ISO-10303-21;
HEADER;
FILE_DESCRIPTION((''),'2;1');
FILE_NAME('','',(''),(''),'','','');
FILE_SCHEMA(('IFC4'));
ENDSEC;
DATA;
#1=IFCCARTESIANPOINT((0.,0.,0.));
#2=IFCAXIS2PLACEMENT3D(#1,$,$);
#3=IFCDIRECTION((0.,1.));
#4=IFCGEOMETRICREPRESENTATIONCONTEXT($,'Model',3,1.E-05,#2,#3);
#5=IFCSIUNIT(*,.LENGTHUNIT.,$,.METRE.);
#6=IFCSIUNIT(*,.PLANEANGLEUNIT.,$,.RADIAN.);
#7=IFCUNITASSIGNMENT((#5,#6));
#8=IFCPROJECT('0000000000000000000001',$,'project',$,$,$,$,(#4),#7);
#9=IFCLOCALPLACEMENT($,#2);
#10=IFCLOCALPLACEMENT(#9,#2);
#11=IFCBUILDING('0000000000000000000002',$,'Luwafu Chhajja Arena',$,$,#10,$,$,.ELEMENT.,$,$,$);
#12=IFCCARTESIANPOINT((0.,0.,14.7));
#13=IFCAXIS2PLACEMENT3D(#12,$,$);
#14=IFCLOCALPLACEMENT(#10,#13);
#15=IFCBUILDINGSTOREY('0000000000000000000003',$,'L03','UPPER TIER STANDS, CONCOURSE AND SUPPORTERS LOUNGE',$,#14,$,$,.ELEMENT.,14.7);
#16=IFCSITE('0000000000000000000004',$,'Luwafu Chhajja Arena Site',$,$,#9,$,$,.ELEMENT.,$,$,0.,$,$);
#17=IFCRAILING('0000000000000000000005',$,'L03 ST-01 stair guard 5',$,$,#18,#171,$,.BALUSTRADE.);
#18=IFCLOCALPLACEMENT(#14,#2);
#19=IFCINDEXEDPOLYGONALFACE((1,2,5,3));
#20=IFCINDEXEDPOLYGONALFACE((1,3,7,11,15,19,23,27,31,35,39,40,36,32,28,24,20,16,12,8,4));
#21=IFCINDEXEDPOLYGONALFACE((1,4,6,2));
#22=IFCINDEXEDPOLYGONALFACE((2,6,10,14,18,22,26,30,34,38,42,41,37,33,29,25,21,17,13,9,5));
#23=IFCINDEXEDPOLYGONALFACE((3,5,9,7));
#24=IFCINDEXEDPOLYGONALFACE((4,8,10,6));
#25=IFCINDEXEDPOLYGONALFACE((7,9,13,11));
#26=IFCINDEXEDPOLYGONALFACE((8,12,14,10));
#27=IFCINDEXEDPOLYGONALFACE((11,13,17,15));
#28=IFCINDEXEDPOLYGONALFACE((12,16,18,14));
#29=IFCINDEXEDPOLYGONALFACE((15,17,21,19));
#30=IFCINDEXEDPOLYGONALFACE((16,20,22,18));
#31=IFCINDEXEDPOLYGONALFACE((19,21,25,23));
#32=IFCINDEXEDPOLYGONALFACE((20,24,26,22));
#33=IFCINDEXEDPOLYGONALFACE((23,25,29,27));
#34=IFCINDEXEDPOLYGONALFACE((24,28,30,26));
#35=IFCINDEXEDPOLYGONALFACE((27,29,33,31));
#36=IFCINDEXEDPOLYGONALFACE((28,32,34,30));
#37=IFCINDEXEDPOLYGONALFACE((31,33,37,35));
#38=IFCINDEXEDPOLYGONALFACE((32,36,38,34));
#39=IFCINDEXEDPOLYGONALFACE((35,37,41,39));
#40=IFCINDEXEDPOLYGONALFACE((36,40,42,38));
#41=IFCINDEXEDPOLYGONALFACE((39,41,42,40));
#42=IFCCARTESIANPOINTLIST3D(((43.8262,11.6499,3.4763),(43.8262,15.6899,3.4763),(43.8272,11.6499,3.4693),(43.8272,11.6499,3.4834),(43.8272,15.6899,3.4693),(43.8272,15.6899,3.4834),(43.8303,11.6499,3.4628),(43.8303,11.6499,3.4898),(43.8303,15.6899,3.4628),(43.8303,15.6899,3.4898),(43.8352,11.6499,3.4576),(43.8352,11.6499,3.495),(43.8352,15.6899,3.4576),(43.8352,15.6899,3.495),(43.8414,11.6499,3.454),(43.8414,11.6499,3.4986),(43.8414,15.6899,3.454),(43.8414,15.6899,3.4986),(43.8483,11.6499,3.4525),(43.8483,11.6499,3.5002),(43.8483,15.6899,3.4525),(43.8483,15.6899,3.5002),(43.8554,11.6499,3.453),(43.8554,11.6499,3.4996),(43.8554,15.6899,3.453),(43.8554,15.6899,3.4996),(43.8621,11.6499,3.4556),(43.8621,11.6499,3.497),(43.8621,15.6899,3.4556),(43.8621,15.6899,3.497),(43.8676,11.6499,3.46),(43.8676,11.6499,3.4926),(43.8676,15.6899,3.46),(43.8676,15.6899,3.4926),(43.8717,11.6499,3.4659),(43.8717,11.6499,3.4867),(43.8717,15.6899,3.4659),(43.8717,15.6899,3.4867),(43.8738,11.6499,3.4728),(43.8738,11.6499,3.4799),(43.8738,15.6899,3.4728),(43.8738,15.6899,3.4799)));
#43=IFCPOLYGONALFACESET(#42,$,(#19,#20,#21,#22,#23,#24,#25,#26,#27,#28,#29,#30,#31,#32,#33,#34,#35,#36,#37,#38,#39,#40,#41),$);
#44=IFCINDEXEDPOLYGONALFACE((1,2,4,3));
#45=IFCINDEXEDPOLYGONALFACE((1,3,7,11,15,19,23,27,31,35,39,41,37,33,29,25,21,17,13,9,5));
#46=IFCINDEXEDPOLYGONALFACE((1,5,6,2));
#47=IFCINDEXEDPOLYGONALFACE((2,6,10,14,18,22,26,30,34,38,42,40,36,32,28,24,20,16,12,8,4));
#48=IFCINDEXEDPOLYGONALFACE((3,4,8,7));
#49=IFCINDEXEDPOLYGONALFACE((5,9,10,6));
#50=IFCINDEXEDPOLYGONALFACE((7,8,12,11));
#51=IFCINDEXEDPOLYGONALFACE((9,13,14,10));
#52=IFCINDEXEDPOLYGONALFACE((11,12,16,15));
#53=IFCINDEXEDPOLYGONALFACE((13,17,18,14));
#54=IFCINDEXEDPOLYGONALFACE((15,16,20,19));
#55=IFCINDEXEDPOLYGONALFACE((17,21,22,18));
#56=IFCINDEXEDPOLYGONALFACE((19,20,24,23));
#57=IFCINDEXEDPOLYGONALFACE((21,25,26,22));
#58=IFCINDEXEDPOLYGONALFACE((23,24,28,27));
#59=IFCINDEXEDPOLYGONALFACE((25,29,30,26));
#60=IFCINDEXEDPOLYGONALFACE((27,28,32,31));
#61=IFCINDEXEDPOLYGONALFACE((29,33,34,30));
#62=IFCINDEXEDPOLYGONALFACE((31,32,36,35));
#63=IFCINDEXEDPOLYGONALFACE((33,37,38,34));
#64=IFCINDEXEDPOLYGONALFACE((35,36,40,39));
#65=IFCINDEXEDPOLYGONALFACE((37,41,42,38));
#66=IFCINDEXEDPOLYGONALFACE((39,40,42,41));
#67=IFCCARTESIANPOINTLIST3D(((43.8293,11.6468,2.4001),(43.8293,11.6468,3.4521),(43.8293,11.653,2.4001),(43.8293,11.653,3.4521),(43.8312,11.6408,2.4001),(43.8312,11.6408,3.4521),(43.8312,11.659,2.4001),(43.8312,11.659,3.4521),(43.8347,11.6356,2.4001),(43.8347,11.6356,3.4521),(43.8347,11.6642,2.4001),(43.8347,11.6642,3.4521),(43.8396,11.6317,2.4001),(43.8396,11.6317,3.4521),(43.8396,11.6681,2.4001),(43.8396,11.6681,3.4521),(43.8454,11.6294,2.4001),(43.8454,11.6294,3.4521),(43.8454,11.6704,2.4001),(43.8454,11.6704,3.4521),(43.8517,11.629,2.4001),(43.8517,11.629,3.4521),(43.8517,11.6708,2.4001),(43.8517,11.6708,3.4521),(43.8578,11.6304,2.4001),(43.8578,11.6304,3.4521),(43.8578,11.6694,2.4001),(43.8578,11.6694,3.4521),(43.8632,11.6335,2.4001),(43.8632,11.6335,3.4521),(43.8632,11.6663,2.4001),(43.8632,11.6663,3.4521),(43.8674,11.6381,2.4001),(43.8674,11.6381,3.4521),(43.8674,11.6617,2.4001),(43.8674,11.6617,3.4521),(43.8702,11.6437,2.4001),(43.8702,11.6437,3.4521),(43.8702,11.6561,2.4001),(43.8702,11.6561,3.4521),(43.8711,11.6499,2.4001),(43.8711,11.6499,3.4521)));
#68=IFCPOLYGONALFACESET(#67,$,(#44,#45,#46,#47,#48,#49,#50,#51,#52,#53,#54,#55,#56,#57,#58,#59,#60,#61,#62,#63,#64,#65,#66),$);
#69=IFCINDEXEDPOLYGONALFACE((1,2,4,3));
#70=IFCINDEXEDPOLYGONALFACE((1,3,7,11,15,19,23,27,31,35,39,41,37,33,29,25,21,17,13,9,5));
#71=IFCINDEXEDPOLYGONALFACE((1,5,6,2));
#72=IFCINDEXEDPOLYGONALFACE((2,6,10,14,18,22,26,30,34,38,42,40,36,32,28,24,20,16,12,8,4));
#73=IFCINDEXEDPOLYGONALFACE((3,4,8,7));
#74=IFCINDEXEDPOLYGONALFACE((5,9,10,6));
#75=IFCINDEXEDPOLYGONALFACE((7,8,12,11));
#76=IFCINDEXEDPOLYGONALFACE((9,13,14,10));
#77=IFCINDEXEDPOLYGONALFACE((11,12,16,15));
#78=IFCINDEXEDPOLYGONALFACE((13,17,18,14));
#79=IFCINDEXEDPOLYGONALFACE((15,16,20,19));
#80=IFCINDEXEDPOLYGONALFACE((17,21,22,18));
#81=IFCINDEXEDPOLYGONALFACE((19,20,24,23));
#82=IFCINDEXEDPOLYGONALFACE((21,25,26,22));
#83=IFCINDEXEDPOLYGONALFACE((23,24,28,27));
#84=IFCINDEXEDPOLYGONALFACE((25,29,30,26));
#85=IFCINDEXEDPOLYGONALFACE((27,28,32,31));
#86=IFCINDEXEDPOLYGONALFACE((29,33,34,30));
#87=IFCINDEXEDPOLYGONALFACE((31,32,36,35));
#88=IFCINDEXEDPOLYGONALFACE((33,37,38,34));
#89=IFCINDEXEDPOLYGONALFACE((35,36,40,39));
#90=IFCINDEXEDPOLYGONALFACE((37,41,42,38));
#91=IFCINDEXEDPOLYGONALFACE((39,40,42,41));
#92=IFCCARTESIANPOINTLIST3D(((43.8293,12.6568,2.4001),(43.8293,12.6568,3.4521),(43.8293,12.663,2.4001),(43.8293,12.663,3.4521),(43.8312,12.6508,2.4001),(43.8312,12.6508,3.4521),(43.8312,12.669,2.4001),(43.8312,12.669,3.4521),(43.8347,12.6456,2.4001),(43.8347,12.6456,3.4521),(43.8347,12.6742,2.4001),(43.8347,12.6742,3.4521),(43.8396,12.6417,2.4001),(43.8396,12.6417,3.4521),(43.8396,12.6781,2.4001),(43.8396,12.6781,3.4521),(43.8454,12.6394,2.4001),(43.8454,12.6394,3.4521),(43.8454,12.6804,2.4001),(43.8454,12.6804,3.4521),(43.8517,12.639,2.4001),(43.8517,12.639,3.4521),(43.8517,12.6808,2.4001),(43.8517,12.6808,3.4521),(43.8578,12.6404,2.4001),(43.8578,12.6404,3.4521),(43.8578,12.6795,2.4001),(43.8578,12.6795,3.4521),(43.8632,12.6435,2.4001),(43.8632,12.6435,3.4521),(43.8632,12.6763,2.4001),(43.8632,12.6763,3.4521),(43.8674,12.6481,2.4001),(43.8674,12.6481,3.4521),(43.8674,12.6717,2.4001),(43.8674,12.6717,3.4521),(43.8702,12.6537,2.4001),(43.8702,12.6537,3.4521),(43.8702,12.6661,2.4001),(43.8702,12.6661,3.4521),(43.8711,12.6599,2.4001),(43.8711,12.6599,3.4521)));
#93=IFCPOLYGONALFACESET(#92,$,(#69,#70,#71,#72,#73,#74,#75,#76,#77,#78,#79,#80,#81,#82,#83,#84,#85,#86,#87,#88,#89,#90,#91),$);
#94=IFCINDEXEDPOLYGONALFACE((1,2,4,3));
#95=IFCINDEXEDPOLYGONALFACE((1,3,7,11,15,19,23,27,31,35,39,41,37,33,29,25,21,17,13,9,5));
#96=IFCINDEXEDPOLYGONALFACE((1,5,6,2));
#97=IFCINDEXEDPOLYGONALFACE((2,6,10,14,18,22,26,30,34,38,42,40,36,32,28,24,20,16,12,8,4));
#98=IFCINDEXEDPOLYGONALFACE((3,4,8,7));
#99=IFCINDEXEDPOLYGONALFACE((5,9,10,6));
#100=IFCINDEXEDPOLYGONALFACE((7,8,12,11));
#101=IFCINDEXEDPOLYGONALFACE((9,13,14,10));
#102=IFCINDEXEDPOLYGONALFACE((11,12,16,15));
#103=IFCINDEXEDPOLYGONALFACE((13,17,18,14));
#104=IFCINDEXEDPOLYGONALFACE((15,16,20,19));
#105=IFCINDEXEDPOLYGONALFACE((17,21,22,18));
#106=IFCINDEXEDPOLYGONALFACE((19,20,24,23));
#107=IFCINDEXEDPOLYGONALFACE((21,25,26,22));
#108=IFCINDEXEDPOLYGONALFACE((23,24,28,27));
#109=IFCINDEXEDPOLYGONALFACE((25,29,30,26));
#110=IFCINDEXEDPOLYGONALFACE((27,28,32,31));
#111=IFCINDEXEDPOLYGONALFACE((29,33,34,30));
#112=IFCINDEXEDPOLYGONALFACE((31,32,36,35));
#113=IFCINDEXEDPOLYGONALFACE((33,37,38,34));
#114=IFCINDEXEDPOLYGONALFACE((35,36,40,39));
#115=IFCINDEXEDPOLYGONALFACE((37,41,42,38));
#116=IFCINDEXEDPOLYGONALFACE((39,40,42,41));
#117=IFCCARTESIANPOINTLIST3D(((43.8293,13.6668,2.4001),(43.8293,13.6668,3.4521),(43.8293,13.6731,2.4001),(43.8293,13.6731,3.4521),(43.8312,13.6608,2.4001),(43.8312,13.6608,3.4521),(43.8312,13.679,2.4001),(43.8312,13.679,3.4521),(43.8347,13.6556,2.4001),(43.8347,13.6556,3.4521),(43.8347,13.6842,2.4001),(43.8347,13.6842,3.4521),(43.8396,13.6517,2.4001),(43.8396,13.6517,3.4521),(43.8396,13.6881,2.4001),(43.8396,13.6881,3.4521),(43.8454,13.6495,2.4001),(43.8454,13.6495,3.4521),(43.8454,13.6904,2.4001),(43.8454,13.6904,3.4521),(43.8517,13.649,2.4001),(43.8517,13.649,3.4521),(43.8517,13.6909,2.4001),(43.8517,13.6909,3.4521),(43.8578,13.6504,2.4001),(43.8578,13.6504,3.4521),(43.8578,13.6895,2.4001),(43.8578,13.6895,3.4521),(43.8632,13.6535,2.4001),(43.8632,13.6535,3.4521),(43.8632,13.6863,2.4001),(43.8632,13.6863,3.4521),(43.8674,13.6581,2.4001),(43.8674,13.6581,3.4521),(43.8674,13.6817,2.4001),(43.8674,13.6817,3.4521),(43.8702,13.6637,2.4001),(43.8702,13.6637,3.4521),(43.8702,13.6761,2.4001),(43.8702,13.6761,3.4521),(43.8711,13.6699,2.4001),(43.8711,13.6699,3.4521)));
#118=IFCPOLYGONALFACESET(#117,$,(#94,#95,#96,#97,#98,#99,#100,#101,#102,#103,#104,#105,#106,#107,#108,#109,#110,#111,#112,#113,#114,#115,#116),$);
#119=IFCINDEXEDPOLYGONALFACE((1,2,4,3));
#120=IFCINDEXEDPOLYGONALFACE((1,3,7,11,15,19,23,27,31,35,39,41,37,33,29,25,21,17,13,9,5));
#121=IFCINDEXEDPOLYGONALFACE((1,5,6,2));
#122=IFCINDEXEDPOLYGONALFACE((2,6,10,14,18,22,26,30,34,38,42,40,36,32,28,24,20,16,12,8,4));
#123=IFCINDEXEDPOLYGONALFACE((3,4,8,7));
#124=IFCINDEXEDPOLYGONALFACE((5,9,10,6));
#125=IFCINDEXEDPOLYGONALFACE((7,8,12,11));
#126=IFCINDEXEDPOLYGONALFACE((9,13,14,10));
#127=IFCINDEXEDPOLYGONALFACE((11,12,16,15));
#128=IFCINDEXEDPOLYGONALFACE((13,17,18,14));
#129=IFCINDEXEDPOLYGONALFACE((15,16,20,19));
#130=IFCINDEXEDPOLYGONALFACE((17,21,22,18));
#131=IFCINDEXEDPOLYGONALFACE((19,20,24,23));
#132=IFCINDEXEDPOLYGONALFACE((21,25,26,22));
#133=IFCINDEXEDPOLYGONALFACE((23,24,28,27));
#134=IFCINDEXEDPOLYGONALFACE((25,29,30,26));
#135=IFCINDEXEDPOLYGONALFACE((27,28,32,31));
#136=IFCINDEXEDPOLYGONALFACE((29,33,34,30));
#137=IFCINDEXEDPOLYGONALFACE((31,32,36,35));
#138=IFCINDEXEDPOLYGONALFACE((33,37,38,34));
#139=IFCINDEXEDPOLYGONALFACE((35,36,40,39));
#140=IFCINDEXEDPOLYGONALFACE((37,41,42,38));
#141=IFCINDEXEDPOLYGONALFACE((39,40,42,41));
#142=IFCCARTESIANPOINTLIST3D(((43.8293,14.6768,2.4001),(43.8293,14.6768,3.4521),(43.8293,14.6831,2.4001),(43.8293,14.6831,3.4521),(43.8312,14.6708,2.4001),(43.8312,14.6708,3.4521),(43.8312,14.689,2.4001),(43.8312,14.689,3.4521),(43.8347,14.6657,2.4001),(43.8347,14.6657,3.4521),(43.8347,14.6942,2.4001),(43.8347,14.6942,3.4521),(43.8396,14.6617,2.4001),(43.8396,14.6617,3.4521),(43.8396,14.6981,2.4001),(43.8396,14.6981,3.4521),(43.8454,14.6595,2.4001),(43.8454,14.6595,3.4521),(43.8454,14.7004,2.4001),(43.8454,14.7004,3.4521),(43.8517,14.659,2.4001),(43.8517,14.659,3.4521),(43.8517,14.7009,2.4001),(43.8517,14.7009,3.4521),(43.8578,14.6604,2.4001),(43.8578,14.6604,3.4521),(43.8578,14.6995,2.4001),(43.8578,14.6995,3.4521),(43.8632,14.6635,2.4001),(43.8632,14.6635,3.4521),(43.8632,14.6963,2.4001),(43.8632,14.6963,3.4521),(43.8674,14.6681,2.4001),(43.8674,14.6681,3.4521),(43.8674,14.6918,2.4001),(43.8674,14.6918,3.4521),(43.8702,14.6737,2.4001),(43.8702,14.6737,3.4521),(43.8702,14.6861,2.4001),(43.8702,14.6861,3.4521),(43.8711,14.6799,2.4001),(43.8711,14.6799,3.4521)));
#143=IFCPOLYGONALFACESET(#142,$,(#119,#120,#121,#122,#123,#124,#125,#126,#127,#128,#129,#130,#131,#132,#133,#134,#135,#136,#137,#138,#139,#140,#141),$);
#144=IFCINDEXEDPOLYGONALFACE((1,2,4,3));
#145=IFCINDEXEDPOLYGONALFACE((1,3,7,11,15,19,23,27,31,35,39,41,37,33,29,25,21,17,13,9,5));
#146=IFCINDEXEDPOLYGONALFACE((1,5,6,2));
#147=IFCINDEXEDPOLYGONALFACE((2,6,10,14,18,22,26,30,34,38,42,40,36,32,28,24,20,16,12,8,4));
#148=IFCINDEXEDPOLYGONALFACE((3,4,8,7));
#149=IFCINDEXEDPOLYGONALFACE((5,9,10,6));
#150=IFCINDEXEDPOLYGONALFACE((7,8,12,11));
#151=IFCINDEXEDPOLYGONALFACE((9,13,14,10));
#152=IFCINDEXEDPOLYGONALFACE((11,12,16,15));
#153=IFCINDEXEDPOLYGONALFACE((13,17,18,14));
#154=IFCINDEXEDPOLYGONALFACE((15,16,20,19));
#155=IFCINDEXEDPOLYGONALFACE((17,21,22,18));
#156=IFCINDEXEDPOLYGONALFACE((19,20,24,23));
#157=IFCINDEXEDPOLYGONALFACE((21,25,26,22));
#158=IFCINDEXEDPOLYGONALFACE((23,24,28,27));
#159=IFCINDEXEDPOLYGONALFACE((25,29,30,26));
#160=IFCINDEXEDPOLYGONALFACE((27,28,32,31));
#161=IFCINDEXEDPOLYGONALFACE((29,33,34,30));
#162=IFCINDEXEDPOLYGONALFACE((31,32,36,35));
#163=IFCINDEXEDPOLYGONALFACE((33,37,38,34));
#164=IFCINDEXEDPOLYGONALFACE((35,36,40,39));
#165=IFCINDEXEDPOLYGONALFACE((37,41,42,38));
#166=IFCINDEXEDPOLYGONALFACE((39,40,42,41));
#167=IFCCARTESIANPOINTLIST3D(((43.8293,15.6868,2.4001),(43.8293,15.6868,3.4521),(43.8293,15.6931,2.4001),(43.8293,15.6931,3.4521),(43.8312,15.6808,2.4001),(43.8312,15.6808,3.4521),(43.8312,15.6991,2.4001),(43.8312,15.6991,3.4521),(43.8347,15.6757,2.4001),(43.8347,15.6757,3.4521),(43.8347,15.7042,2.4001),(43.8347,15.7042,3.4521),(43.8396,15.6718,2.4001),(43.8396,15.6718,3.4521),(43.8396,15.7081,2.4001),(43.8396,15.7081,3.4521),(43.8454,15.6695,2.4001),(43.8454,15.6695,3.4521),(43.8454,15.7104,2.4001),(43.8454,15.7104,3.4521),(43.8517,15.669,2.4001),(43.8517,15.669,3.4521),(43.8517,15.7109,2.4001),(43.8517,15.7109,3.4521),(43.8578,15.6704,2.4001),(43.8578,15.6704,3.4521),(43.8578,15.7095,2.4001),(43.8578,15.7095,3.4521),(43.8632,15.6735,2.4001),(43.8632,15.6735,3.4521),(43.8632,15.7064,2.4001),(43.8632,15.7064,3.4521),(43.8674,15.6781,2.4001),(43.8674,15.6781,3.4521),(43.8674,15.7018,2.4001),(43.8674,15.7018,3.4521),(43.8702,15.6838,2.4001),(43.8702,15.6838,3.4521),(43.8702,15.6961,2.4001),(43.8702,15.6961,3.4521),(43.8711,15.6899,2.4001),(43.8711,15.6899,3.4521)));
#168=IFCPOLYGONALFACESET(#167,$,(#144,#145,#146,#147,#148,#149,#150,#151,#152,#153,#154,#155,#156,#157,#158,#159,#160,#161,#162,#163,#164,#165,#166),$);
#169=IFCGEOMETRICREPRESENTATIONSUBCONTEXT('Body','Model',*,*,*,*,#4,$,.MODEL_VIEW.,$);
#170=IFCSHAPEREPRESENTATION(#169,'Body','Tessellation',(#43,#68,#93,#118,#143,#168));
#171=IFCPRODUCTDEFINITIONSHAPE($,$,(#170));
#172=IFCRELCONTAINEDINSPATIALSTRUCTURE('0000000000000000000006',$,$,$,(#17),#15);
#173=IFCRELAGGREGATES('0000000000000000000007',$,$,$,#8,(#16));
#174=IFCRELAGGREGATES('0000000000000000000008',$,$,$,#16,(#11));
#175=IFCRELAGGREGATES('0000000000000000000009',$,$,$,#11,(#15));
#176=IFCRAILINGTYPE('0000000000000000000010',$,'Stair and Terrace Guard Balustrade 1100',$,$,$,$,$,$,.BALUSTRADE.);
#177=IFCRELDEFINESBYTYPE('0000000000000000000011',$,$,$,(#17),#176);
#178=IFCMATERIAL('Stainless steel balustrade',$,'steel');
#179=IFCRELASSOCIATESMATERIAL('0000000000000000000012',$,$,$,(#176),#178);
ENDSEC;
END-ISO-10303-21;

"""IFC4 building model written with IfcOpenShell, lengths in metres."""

from ifc_helpers import new_model, si_unit, direction, frame, origin, origin_2d, place, context, subcontext, project, spatial, circle, extrude, material, type_object, element, save


model = new_model("IFC4")

# Units and contexts
model_context = context("Model", 3, precision=1e-05, world=origin(), true_north=direction((0.0, 1.0)))
body_context = subcontext(model_context, "Body", "Model", "MODEL_VIEW")
ifc_project = project(units=[si_unit("LENGTHUNIT", "METRE"), si_unit("PLANEANGLEUNIT", "RADIAN")], contexts=[model_context])

# Site, building, storey
site_placement = place(None, origin())
site = spatial("IfcSite", under=ifc_project, at=site_placement, Name="Luwafu Chhajja Arena Site", CompositionType="ELEMENT", RefElevation=0.0)
building_placement = place(site_placement, origin())
building = spatial("IfcBuilding", under=site, at=building_placement, Name="Luwafu Chhajja Arena", CompositionType="ELEMENT")
storey_placement = place(building_placement, frame((0.0, 0.0, 14.7)))
storey = spatial("IfcBuildingStorey", under=building, at=storey_placement, Name="L03", Description="UPPER TIER STANDS, CONCOURSE AND SUPPORTERS LOUNGE", CompositionType="ELEMENT", Elevation=14.7)

# Railing
ifc_material_1 = material(Name="Stainless steel balustrade", Category="steel")
railing_type = type_object("IfcRailingType", Name="Stair and Terrace Guard Balustrade 1100", PredefinedType="BALUSTRADE", material=ifc_material_1)
railing_1_placement = place(storey_placement, frame((43.8501, 11.6499, 2.4001)))
element("IfcRailing", 1, at=railing_1_placement, inside=storey, type_object=railing_type, Name="L03 ST-01 stair guard 5", PredefinedType="BALUSTRADE", context=body_context, shape_type="SweptSolid", body=[
    extrude(circle(Radius=0.0239, at=origin_2d()), frame((0.0, 0.0, 1.0762), z_axis=(0.0, 1.0, 0.0), x_axis=(-1.0, 0.0, 0.0)), (0.0, 0.0, 1.0), 4.04),
    extrude(circle(Radius=0.021, at=origin_2d()), origin(), (0.0, 0.0, 1.0), 1.052),
    extrude(circle(Radius=0.021, at=origin_2d()), frame((0.0, 1.01, 0.0)), (0.0, 0.0, 1.0), 1.052),
    extrude(circle(Radius=0.021, at=origin_2d()), frame((0.0, 2.02, 0.0)), (0.0, 0.0, 1.0), 1.052),
    extrude(circle(Radius=0.021, at=origin_2d()), frame((0.0, 3.03, 0.0)), (0.0, 0.0, 1.0), 1.052),
    extrude(circle(Radius=0.021, at=origin_2d()), frame((0.0, 4.04, 0.0)), (0.0, 0.0, 1.0), 1.052),
])

save(model, "model.ifc")
